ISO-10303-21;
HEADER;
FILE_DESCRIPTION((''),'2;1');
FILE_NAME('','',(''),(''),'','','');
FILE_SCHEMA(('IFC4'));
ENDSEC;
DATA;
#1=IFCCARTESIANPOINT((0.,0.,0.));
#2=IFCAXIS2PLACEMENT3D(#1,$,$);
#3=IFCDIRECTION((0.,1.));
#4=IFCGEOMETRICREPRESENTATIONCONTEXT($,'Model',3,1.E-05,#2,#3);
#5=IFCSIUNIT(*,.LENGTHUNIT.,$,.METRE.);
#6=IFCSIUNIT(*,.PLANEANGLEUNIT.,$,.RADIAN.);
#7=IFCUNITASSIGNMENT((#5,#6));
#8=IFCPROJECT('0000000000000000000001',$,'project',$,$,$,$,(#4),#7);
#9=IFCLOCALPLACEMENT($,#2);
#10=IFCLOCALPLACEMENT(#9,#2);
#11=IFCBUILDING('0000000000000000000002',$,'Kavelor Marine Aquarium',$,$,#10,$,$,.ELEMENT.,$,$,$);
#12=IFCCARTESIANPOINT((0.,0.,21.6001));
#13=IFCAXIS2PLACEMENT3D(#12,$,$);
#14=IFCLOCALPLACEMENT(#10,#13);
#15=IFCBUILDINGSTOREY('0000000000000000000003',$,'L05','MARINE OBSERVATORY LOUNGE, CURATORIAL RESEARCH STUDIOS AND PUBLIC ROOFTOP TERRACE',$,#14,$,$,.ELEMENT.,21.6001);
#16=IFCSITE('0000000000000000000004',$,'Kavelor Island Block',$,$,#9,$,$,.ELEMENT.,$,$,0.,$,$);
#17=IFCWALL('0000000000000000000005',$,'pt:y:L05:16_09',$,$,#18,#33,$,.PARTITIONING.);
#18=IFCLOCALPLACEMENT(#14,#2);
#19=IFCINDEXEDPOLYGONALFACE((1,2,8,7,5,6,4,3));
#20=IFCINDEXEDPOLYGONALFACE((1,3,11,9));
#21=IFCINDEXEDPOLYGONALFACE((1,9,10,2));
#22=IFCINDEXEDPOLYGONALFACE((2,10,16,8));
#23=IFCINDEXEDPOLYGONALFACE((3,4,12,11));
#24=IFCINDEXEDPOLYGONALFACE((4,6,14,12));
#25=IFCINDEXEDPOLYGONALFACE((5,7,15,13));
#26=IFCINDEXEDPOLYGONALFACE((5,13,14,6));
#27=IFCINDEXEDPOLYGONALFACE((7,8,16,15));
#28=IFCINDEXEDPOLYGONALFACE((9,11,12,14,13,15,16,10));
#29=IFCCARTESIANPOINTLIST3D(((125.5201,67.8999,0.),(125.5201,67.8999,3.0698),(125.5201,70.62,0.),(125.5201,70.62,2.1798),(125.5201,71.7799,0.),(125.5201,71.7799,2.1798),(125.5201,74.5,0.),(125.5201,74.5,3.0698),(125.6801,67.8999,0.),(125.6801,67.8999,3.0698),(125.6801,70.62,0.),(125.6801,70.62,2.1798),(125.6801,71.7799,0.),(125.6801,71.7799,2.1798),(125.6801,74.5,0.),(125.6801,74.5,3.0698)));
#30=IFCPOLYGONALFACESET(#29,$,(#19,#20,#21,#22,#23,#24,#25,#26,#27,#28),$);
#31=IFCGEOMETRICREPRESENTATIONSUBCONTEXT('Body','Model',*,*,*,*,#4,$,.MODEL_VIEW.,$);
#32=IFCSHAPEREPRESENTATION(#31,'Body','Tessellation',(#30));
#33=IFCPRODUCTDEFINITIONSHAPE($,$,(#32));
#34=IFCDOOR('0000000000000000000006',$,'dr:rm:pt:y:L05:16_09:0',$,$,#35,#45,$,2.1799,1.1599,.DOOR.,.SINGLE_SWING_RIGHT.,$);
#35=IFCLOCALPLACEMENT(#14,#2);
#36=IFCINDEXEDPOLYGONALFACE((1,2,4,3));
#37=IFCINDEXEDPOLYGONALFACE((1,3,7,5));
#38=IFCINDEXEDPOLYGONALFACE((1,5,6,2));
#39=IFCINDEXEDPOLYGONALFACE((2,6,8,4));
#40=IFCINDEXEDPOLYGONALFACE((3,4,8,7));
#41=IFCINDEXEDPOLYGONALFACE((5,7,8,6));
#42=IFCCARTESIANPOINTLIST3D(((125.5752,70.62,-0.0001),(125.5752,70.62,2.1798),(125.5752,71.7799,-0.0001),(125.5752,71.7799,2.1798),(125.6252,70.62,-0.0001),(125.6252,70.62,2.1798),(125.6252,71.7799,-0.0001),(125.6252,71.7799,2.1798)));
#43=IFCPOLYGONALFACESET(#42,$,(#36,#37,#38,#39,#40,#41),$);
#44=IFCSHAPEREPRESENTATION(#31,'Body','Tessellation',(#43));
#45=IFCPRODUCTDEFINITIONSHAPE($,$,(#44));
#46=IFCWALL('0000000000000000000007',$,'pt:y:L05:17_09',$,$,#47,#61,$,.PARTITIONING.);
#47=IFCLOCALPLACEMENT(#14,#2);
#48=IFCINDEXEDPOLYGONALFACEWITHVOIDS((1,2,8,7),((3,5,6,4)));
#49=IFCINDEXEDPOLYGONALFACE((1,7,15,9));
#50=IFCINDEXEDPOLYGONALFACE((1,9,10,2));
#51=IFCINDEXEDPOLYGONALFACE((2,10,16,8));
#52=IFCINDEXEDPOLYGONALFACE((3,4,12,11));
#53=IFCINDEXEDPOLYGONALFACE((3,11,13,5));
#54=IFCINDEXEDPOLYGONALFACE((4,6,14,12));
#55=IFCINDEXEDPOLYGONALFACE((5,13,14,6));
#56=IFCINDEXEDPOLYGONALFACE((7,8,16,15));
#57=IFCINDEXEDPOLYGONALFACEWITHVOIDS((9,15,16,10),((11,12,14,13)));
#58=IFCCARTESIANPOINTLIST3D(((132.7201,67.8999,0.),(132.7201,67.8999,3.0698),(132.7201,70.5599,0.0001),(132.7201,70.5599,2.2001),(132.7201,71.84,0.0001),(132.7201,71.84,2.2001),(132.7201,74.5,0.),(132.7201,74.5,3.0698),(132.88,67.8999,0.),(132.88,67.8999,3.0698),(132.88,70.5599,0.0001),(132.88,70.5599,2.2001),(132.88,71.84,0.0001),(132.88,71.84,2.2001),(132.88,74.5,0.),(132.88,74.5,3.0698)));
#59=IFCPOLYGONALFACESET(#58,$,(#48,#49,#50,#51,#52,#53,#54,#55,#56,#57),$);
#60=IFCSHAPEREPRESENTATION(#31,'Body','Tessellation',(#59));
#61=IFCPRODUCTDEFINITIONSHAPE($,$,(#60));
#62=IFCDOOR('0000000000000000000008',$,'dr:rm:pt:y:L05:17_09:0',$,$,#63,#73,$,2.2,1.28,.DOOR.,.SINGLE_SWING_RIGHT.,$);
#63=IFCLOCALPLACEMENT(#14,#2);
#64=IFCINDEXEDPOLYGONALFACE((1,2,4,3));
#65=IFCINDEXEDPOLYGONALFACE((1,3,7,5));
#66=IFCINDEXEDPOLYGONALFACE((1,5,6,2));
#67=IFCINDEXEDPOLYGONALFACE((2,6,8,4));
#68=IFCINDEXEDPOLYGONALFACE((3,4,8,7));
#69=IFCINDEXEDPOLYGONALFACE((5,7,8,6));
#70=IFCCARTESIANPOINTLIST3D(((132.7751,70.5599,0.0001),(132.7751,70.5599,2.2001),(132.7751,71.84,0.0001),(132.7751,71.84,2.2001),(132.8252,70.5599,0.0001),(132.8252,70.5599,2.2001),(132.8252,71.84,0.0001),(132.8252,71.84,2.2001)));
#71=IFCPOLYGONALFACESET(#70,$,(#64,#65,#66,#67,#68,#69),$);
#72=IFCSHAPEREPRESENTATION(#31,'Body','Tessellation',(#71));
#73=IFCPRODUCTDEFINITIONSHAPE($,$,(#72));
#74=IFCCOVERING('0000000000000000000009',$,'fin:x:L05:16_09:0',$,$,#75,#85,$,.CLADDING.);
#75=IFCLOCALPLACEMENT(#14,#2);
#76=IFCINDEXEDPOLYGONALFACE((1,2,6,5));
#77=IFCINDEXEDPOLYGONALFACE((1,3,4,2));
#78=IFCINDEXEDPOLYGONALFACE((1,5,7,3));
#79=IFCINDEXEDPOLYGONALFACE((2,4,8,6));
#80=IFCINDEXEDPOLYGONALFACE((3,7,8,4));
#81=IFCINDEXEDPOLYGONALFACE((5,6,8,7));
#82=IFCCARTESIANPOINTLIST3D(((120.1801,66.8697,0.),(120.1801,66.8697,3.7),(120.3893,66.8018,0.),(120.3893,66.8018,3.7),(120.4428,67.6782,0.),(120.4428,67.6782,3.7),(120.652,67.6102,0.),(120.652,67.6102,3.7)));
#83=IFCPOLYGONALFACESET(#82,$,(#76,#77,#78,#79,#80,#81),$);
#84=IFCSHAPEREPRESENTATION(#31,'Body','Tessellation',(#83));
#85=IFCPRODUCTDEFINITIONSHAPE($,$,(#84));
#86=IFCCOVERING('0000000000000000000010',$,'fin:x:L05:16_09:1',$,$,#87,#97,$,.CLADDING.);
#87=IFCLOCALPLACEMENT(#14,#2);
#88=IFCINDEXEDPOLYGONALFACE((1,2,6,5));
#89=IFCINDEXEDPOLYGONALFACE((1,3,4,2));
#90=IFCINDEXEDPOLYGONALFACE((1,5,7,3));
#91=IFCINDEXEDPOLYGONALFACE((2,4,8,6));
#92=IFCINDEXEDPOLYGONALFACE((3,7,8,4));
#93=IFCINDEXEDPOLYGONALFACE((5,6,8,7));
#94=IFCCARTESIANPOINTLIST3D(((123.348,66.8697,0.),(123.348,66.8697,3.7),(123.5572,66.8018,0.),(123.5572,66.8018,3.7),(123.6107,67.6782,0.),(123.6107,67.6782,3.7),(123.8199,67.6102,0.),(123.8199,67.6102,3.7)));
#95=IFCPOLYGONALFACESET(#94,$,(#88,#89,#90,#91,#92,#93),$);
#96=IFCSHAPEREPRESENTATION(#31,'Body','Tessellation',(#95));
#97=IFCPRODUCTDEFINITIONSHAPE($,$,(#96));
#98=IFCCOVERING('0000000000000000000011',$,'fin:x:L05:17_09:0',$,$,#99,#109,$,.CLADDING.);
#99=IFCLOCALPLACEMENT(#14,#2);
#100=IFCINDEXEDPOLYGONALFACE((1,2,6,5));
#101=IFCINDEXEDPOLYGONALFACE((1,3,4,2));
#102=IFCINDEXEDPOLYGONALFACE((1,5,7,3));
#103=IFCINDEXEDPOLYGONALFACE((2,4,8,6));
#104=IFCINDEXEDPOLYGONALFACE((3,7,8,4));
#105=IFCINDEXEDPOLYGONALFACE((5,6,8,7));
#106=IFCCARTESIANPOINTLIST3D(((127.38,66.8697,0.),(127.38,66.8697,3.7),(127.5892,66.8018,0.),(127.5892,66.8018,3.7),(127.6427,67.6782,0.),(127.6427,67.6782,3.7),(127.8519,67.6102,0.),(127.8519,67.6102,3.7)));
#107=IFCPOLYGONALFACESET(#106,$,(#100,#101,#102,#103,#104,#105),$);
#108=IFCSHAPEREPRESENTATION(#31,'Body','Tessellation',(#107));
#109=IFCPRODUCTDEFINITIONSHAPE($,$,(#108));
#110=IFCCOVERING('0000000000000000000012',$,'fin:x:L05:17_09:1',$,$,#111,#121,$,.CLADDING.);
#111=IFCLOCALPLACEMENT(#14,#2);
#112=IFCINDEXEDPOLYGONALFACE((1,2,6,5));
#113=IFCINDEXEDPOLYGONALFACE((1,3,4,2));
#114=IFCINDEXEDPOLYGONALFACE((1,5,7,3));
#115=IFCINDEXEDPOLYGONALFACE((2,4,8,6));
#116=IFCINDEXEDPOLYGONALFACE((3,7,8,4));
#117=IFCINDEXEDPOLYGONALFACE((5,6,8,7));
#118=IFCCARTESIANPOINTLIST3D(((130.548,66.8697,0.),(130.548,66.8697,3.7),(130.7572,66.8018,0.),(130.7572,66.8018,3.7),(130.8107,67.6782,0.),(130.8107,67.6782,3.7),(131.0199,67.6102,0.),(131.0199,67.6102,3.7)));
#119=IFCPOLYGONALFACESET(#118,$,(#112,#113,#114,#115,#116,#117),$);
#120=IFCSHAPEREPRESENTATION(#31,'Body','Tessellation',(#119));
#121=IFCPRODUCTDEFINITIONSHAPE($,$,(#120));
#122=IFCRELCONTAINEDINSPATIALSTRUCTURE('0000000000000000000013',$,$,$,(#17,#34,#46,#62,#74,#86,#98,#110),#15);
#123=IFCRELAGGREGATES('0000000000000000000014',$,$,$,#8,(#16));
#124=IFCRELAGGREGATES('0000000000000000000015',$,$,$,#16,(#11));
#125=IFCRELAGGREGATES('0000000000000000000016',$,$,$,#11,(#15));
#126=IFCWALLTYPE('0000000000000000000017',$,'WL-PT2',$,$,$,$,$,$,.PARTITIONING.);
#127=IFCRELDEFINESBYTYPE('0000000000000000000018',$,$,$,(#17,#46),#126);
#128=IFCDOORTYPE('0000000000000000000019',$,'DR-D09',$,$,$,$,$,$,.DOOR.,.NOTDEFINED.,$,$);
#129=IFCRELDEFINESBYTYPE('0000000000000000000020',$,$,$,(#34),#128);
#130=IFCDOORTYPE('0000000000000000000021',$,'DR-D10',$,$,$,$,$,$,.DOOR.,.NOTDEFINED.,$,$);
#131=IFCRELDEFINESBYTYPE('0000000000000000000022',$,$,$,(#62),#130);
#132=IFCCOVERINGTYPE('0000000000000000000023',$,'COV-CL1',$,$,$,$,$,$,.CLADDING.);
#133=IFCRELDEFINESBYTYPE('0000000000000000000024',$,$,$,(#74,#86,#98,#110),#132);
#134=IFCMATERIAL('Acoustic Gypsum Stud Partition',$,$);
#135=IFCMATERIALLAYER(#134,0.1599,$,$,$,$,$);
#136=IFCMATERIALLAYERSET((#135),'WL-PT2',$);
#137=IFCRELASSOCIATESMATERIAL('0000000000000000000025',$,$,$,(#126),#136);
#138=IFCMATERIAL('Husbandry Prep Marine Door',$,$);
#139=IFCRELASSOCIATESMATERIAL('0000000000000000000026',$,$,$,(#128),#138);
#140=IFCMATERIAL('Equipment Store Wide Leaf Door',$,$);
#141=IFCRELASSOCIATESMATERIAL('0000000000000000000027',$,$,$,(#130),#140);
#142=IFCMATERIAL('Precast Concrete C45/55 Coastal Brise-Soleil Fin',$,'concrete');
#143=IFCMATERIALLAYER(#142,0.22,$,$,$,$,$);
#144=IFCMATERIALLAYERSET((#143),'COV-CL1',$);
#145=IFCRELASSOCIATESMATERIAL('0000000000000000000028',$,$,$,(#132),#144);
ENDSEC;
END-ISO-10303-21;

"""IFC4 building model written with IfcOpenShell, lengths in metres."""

from ifc_helpers import new_model, si_unit, direction, frame, frame_2d, origin, origin_2d, place, context, subcontext, project, spatial, rectangle, extrude, material, layer, layer_set, type_object, element, fill, save


model = new_model("IFC4")

# Units and contexts
model_context = context("Model", 3, precision=1e-05, world=origin(), true_north=direction((0.0, 1.0)))
body_context = subcontext(model_context, "Body", "Model", "MODEL_VIEW")
ifc_project = project(units=[si_unit("LENGTHUNIT", "METRE"), si_unit("PLANEANGLEUNIT", "RADIAN")], contexts=[model_context])

# Site, building, storey
site_placement = place(None, origin())
site = spatial("IfcSite", under=ifc_project, at=site_placement, Name="Kavelor Island Block", CompositionType="ELEMENT", RefElevation=0.0)
building_placement = place(site_placement, origin())
building = spatial("IfcBuilding", under=site, at=building_placement, Name="Kavelor Marine Aquarium", CompositionType="ELEMENT")
storey_placement = place(building_placement, frame((0.0, 0.0, 21.6001)))
storey = spatial("IfcBuildingStorey", under=building, at=storey_placement, Name="L05", Description="MARINE OBSERVATORY LOUNGE, CURATORIAL RESEARCH STUDIOS AND PUBLIC ROOFTOP TERRACE", CompositionType="ELEMENT", Elevation=21.6001)

# Walls, openings, doors
ifc_material_1 = material(Name="Acoustic Gypsum Stud Partition")
ifc_layer_1 = layer(ifc_material_1, 0.1599)
ifc_layer_set_1 = layer_set([ifc_layer_1], Name="WL-PT2")
wall_type_1 = type_object("IfcWallType", Name="WL-PT2", PredefinedType="PARTITIONING", material=ifc_layer_set_1)
wall_1_placement = place(storey_placement, frame((125.6001, 67.8999, 0.0), z_axis=(0.0, 0.0, 1.0), x_axis=(0.0, 1.0, 0.0)))
wall_1 = element("IfcWall", 1, at=wall_1_placement, inside=storey, type_object=wall_type_1, Name="pt:y:L05:16_09", PredefinedType="PARTITIONING", context=body_context, shape_type="SweptSolid", body=[
    extrude(rectangle(XDim=6.6001, YDim=0.1599, at=frame_2d((3.3, 0.0))), origin(), (0.0, 0.0, 1.0), 3.0698),
])
opening_1_placement = place(wall_1_placement, frame((2.72, 0.0, 0.0)))
opening_1 = element("IfcOpeningElement", 2, at=opening_1_placement, cuts=wall_1, PredefinedType="OPENING", context=body_context, shape_type="SweptSolid", body=[
    extrude(rectangle(XDim=1.1599, YDim=2.1799, at=frame_2d((0.5801, 1.0898))), frame((0.0, 0.0898, 0.0), z_axis=(0.0, -1.0, 0.0), x_axis=(1.0, 0.0, 0.0)), (0.0, 0.0, 1.0), 0.1799),
])
ifc_material_2 = material(Name="Husbandry Prep Marine Door")
door_type_1 = type_object("IfcDoorType", Name="DR-D09", OperationType="NOTDEFINED", PredefinedType="DOOR", material=ifc_material_2)
door_1_placement = place(opening_1_placement, origin())
door_1 = element("IfcDoor", 3, at=door_1_placement, inside=storey, type_object=door_type_1, Name="dr:rm:pt:y:L05:16_09:0", OperationType="SINGLE_SWING_RIGHT", OverallHeight=2.1799, OverallWidth=1.1599, PredefinedType="DOOR", context=body_context, shape_type="SweptSolid", body=[
    extrude(rectangle(XDim=1.1599, YDim=2.1799, at=frame_2d((0.5801, 1.0898))), frame((0.0, 0.0249, 0.0), z_axis=(0.0, -1.0, 0.0), x_axis=(1.0, 0.0, 0.0)), (0.0, 0.0, 1.0), 0.05),
])
fill(opening_1, door_1)
wall_2_placement = place(storey_placement, frame((132.8, 67.8999, 0.0), z_axis=(0.0, 0.0, 1.0), x_axis=(0.0, 1.0, 0.0)))
wall_2 = element("IfcWall", 4, at=wall_2_placement, inside=storey, type_object=wall_type_1, Name="pt:y:L05:17_09", PredefinedType="PARTITIONING", context=body_context, shape_type="SweptSolid", body=[
    extrude(rectangle(XDim=6.6001, YDim=0.1599, at=frame_2d((3.3, 0.0))), origin(), (0.0, 0.0, 1.0), 3.0698),
])
opening_2_placement = place(wall_2_placement, frame((2.6599, 0.0, 0.0)))
opening_2 = element("IfcOpeningElement", 5, at=opening_2_placement, cuts=wall_2, PredefinedType="OPENING", context=body_context, shape_type="SweptSolid", body=[
    extrude(rectangle(XDim=1.28, YDim=2.2, at=frame_2d((0.6401, 1.1001))), frame((0.0, 0.0898, 0.0), z_axis=(0.0, -1.0, 0.0), x_axis=(1.0, 0.0, 0.0)), (0.0, 0.0, 1.0), 0.1799),
])
ifc_material_3 = material(Name="Equipment Store Wide Leaf Door")
door_type_2 = type_object("IfcDoorType", Name="DR-D10", OperationType="NOTDEFINED", PredefinedType="DOOR", material=ifc_material_3)
door_2_placement = place(opening_2_placement, origin())
door_2 = element("IfcDoor", 6, at=door_2_placement, inside=storey, type_object=door_type_2, Name="dr:rm:pt:y:L05:17_09:0", OperationType="SINGLE_SWING_RIGHT", OverallHeight=2.2, OverallWidth=1.28, PredefinedType="DOOR", context=body_context, shape_type="SweptSolid", body=[
    extrude(rectangle(XDim=1.28, YDim=2.2, at=frame_2d((0.6401, 1.1001))), frame((0.0, 0.0249, 0.0), z_axis=(0.0, -1.0, 0.0), x_axis=(1.0, 0.0, 0.0)), (0.0, 0.0, 1.0), 0.05),
])
fill(opening_2, door_2)

# Coverings
ifc_material_4 = material(Name="Precast Concrete C45/55 Coastal Brise-Soleil Fin", Category="concrete")
ifc_layer_2 = layer(ifc_material_4, 0.22)
ifc_layer_set_2 = layer_set([ifc_layer_2], Name="COV-CL1")
covering_type = type_object("IfcCoveringType", Name="COV-CL1", PredefinedType="CLADDING", material=ifc_layer_set_2)
for number, where, z_axis, x_axis, name in (
    (7, (120.416, 67.24, 0.0), (0.0, 0.0, 1.0), (0.951057, -0.309017, 0.0), "fin:x:L05:16_09:0"),
    (8, (123.584, 67.24, 0.0), (0.0, 0.0, 1.0), (0.951057, -0.309017, 0.0), "fin:x:L05:16_09:1"),
    (9, (127.616, 67.24, 0.0), (0.0, 0.0, 1.0), (0.951057, -0.309017, 0.0), "fin:x:L05:17_09:0"),
    (10, (130.7839, 67.24, 0.0), (0.0, 0.0, 1.0), (0.951057, -0.309017, 0.0), "fin:x:L05:17_09:1"),
):
    element("IfcCovering", number, at=place(storey_placement, frame(where, z_axis=z_axis, x_axis=x_axis)), inside=storey, type_object=covering_type, Name=name, PredefinedType="CLADDING", context=body_context, shape_type="SweptSolid", body=[
        extrude(rectangle(XDim=0.22, YDim=0.8501, at=origin_2d()), origin(), (0.0, 0.0, 1.0), 3.7),
    ])

save(model, "model.ifc")
